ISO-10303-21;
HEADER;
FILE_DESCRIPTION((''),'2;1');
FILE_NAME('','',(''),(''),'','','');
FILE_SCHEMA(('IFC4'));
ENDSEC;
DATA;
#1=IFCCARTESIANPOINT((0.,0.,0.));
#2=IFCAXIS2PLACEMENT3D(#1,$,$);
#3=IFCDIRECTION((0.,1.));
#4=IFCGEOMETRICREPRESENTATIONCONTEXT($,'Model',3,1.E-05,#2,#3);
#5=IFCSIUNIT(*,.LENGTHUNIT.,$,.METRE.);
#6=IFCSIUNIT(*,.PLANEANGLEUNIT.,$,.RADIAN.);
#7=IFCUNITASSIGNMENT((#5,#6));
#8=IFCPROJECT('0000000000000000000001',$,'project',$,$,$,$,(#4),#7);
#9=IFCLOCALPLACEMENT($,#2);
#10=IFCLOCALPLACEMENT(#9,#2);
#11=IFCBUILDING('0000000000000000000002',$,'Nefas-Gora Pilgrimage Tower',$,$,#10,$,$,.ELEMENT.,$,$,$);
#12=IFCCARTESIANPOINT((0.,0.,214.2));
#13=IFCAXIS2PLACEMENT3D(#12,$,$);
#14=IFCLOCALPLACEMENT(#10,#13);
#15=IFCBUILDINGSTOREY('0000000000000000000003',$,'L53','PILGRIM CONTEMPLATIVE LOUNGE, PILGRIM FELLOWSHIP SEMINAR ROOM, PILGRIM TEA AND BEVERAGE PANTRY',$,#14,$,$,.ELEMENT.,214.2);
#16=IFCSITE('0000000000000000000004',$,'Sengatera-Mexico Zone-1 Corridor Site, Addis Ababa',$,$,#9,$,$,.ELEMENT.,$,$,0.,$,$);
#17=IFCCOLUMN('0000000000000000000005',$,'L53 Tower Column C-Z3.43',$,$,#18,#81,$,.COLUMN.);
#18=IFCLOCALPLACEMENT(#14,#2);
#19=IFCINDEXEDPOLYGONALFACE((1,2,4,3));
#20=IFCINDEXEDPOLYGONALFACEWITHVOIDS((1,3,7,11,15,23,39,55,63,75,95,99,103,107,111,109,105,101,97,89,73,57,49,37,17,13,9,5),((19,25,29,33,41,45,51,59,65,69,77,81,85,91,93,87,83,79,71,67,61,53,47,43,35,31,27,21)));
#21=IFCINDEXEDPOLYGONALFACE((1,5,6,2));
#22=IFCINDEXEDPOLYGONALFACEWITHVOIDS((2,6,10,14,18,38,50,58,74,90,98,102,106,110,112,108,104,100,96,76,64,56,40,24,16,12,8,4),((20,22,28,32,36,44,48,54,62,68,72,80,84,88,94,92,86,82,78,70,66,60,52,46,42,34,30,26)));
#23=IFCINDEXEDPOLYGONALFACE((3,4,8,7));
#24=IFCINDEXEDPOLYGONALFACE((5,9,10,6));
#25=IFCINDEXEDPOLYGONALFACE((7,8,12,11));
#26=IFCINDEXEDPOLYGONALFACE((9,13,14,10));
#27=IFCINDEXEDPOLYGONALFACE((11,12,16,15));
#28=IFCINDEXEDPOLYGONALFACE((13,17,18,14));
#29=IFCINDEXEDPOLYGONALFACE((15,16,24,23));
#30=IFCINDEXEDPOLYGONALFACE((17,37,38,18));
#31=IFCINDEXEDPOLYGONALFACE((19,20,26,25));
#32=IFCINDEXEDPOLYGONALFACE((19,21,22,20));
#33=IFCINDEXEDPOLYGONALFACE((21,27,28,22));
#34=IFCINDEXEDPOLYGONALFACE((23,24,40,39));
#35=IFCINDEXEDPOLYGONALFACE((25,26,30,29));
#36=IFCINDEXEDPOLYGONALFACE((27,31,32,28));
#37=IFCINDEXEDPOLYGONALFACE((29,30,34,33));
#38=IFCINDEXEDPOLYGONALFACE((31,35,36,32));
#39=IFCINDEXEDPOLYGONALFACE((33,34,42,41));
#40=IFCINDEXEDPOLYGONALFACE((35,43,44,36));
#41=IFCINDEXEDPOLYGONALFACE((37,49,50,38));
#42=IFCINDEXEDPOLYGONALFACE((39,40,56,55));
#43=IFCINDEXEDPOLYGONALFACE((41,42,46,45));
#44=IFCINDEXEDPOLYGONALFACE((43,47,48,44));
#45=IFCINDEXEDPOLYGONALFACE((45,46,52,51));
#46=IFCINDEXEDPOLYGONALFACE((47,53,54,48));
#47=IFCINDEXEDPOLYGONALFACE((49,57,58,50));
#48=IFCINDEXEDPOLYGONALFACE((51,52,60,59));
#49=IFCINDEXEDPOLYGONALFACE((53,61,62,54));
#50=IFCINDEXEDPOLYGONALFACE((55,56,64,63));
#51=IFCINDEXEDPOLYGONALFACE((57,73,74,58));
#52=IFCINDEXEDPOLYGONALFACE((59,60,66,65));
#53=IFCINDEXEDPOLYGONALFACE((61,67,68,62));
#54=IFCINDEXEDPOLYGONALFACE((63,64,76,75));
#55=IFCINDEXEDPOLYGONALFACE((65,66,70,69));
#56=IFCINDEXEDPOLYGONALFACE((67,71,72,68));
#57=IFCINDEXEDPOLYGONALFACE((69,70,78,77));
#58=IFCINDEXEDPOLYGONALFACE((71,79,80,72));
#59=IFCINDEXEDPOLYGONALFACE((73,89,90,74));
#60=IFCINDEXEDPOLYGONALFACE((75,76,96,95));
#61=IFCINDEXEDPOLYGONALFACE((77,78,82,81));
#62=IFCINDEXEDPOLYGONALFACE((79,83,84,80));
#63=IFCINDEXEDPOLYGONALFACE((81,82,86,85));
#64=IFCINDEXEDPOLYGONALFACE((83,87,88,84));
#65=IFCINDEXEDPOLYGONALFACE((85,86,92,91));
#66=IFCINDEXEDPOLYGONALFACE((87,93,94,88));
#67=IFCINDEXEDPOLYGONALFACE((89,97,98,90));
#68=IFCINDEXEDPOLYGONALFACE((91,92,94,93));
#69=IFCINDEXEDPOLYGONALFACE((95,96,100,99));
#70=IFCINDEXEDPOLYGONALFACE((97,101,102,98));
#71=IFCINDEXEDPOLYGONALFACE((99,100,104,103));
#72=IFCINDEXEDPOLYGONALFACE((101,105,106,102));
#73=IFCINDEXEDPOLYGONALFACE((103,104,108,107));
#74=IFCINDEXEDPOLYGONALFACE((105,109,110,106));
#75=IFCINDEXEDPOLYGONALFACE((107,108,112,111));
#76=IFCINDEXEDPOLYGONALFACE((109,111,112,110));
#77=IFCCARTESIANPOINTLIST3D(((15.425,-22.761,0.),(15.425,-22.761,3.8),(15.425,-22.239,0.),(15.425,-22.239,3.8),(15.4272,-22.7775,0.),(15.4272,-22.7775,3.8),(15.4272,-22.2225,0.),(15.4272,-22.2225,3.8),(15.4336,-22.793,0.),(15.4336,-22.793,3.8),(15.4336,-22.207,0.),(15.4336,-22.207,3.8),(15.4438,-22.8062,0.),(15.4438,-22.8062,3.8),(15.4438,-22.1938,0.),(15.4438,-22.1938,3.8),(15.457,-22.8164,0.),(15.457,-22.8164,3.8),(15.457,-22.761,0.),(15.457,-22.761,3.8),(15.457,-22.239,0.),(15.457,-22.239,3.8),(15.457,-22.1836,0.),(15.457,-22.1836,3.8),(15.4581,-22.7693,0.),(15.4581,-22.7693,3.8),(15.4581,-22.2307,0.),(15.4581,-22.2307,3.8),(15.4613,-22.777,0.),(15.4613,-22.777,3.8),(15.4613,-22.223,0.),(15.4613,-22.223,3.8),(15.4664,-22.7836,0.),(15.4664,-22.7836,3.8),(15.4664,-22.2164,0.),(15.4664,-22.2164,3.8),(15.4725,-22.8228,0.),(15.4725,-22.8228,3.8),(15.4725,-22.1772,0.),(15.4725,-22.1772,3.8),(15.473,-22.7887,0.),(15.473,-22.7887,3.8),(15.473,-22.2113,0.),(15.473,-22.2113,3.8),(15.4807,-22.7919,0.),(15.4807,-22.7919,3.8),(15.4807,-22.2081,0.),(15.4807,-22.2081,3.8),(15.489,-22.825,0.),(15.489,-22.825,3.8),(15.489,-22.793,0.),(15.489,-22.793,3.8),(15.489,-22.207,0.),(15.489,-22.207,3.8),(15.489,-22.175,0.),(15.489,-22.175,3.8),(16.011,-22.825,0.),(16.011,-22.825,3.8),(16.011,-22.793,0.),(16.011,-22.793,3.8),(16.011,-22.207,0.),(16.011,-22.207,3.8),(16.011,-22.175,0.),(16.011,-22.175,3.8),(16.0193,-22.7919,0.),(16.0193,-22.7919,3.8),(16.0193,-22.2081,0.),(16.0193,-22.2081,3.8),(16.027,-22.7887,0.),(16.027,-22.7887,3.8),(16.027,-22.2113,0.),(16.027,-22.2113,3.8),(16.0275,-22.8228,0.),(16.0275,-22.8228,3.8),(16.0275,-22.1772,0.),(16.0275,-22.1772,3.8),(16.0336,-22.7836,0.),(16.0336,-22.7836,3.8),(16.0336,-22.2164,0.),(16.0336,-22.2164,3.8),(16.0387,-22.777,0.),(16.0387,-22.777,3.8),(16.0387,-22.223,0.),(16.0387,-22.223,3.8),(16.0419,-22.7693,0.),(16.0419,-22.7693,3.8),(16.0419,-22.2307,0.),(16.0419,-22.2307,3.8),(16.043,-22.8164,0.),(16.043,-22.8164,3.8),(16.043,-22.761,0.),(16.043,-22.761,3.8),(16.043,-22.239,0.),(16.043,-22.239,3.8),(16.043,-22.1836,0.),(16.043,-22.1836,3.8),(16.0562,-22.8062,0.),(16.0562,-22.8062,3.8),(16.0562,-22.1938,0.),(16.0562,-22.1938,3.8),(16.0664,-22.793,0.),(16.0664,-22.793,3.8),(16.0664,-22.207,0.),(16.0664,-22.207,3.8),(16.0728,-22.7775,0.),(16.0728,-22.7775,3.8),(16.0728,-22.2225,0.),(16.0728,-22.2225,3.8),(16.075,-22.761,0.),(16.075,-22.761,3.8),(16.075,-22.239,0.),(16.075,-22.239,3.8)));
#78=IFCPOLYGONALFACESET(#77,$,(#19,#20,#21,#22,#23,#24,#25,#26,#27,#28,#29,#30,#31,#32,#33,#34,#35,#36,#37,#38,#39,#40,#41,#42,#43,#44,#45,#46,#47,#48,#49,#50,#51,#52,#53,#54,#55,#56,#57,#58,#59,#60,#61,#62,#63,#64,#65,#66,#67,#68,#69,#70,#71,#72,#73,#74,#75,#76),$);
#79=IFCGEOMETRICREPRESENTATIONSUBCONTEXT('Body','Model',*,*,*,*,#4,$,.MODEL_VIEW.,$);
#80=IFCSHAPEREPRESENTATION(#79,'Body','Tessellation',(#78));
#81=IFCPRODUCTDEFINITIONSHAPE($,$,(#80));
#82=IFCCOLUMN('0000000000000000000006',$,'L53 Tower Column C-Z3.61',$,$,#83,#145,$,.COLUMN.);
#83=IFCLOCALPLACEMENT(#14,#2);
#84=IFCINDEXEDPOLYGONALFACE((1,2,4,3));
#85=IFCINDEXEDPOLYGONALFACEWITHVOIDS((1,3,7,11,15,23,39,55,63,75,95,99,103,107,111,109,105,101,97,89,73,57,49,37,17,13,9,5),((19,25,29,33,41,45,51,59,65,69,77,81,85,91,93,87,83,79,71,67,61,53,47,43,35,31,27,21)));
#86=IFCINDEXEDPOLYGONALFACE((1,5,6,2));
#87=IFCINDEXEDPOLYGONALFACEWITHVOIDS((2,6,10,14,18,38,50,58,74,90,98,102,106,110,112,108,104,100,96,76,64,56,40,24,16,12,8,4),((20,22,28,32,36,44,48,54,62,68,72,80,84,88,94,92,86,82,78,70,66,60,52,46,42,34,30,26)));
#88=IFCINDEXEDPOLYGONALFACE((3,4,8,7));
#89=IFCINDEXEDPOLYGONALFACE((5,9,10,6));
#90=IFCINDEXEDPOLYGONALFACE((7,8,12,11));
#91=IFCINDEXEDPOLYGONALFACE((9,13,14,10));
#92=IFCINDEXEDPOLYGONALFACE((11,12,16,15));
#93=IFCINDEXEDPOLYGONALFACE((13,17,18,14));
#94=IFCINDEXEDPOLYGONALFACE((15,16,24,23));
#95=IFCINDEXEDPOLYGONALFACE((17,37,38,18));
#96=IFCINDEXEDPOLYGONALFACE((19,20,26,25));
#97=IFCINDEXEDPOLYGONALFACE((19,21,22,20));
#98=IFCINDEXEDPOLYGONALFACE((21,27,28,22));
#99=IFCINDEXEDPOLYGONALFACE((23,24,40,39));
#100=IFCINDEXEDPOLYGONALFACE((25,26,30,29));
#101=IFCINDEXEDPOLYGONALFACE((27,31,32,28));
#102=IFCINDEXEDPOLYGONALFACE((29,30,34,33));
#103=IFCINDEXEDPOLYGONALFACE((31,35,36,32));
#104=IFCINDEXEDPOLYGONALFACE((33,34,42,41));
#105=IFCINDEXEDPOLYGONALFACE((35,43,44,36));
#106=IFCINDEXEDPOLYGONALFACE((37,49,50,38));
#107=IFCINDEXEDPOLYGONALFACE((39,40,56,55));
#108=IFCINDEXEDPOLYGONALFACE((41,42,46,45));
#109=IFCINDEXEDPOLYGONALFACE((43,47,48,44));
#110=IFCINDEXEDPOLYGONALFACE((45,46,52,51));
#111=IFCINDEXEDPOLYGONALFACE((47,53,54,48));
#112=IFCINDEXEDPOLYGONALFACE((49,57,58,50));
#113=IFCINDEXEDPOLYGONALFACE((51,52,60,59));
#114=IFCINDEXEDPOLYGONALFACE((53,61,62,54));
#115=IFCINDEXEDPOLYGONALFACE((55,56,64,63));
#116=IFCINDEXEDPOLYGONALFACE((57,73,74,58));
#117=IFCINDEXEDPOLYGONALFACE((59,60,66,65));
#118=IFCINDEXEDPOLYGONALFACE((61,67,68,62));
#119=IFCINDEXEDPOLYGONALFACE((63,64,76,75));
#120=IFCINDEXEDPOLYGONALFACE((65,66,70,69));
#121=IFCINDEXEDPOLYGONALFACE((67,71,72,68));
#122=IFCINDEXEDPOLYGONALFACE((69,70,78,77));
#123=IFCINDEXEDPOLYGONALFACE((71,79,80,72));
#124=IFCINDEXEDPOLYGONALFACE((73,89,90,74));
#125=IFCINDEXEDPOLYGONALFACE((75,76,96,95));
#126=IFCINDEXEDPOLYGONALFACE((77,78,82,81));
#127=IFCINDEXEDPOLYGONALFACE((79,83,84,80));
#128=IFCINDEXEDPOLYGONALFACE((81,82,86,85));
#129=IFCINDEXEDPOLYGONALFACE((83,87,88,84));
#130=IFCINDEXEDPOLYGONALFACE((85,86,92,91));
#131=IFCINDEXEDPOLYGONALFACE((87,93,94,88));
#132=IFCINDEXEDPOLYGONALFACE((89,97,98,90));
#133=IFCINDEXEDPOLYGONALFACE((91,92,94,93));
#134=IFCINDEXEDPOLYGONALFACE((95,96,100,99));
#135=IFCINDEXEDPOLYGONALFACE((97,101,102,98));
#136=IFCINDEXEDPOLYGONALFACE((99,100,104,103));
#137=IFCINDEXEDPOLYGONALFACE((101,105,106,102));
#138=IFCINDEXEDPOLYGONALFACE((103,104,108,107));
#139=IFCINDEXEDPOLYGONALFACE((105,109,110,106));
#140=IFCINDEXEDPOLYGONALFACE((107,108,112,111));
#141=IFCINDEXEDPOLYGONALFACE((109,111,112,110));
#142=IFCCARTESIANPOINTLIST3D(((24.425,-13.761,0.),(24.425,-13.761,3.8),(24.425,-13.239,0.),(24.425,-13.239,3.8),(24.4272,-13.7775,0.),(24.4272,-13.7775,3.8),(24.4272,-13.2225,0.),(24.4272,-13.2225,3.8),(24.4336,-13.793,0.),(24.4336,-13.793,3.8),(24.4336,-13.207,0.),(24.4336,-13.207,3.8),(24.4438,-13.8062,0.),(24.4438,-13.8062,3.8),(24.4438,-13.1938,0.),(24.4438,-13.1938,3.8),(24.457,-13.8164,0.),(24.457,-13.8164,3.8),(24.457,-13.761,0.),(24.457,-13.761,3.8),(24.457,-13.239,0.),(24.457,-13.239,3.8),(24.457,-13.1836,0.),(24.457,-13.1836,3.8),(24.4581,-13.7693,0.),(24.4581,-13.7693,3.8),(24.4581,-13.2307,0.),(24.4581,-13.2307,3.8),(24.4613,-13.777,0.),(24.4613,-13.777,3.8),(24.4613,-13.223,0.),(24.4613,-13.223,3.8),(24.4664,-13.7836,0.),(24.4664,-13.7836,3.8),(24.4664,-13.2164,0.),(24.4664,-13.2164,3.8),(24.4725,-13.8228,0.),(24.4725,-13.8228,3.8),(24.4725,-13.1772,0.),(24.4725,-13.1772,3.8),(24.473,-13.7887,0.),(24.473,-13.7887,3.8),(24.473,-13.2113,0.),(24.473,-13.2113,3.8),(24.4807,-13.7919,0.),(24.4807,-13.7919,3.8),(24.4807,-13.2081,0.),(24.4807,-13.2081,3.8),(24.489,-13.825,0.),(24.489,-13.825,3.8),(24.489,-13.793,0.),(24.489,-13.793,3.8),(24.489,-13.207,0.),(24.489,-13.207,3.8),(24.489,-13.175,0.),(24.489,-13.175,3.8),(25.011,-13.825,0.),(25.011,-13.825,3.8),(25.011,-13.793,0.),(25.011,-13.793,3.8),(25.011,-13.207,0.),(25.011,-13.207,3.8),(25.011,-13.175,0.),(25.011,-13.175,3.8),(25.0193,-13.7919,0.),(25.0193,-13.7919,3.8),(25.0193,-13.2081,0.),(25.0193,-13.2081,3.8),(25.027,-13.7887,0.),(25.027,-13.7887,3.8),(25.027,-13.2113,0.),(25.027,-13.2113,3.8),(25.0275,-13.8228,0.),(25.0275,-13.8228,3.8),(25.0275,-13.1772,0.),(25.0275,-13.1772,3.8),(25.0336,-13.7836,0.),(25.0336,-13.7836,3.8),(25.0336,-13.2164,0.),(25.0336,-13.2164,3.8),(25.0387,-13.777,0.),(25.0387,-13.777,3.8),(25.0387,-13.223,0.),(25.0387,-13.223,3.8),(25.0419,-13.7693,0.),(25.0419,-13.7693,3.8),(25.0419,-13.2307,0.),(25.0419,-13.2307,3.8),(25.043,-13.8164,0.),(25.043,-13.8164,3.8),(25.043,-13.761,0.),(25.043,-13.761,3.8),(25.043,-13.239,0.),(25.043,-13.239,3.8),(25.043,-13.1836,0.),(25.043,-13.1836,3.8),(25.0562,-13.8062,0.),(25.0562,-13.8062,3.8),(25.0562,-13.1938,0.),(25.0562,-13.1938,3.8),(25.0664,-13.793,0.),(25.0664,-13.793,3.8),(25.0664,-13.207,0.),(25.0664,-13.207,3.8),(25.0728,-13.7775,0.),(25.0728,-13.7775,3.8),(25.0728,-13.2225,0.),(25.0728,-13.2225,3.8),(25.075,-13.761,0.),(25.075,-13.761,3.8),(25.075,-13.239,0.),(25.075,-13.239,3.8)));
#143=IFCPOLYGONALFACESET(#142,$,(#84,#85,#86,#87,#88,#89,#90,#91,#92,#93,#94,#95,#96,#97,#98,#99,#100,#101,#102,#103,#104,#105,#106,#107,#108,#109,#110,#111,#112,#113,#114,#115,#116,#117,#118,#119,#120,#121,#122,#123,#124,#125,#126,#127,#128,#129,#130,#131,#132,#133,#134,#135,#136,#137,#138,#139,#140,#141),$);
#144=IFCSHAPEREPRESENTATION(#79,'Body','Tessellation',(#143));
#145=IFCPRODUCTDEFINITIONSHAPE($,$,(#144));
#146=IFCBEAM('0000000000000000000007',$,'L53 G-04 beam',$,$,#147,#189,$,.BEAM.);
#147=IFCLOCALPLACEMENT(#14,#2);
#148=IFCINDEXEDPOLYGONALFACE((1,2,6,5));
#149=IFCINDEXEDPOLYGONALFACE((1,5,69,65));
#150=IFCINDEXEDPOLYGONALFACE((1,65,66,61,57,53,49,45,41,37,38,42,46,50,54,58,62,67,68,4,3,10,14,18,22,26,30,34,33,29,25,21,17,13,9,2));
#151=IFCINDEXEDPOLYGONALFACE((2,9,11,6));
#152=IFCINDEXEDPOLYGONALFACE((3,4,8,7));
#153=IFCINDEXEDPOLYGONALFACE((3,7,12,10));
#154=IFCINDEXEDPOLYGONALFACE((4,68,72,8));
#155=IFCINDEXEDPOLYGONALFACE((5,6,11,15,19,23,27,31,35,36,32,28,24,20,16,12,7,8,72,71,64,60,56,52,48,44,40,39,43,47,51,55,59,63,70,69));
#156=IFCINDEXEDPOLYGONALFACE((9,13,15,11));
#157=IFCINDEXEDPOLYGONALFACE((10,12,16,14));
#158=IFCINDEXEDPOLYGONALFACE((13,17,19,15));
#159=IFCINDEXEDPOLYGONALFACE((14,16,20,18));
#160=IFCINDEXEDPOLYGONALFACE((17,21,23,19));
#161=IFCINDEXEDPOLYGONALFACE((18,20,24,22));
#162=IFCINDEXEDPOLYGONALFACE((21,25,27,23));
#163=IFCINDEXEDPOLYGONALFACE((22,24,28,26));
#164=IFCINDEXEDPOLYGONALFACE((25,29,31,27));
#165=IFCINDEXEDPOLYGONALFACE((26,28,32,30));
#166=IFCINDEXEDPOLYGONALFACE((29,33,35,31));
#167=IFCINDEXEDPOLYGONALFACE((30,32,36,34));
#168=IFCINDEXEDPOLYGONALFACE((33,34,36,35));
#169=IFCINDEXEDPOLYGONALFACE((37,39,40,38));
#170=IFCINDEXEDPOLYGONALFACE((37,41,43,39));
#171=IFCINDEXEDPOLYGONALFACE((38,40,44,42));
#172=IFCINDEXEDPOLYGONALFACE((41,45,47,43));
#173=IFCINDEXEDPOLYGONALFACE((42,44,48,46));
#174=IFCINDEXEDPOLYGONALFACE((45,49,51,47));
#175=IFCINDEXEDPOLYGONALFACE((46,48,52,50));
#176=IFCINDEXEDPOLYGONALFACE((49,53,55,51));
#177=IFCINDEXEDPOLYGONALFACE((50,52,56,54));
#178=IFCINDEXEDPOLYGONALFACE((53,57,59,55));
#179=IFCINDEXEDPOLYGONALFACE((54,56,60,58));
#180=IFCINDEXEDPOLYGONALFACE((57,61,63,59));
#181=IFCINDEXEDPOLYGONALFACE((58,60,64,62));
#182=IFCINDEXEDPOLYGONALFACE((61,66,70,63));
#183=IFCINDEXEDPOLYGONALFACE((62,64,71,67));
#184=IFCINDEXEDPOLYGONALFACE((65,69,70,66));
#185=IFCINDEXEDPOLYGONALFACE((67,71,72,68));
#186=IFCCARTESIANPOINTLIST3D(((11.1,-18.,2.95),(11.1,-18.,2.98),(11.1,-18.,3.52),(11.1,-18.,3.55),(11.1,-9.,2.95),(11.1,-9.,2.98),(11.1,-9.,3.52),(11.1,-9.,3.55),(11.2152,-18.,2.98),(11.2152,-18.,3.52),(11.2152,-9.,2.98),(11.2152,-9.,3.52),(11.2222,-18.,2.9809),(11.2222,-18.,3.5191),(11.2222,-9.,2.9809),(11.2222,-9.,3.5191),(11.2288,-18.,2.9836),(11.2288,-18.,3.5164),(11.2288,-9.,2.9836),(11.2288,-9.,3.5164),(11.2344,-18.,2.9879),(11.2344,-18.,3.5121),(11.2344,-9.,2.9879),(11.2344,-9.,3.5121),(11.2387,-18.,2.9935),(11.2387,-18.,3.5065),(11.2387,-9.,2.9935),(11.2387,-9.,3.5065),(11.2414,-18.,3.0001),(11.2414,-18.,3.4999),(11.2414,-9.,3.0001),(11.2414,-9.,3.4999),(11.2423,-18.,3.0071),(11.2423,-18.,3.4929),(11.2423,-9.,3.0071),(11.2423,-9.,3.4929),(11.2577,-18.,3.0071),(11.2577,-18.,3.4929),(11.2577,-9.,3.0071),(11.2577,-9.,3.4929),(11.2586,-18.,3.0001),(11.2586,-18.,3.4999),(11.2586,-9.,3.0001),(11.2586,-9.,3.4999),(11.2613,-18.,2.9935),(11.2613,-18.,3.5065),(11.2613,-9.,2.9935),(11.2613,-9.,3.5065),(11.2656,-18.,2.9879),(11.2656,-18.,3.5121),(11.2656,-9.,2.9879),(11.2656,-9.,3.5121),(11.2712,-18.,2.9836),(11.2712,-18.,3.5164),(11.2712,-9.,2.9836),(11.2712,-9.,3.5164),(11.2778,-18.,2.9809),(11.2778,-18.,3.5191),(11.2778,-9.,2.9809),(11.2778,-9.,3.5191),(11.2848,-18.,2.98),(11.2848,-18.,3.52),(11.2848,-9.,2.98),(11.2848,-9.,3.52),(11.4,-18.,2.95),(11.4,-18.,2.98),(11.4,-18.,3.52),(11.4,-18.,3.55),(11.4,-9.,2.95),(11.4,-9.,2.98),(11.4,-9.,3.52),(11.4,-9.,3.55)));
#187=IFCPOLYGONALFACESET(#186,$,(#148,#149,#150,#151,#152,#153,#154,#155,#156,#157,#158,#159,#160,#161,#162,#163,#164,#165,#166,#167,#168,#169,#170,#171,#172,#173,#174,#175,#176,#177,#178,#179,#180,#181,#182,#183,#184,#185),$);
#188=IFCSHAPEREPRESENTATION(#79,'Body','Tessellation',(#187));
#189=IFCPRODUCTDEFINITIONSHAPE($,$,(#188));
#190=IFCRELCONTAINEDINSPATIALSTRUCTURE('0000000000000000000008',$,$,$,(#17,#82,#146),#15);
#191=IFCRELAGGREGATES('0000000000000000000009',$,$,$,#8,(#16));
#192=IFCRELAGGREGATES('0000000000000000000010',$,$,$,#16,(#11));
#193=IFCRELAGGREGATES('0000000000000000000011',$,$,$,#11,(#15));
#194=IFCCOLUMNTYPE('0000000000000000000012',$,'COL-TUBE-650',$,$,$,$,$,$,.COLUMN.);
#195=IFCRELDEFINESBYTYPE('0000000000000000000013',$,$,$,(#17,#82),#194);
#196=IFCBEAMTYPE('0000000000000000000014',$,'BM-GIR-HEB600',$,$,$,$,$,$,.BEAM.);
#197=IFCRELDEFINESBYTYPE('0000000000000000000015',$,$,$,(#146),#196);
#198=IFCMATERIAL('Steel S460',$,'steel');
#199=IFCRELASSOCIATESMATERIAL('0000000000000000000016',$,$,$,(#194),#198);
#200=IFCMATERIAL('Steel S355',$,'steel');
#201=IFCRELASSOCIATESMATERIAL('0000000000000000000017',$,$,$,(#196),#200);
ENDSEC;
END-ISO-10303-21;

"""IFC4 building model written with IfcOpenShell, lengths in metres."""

from ifc_helpers import new_model, si_unit, direction, frame, origin, origin_2d, place, context, subcontext, project, spatial, hollow_rectangle, i_section, extrude, source, transform, mapped, material, material_profile, profile_set, type_object, element, save


model = new_model("IFC4")

# Units and contexts
model_context = context("Model", 3, precision=1e-05, world=origin(), true_north=direction((0.0, 1.0)))
body_context = subcontext(model_context, "Body", "Model", "MODEL_VIEW")
ifc_project = project(units=[si_unit("LENGTHUNIT", "METRE"), si_unit("PLANEANGLEUNIT", "RADIAN")], contexts=[model_context])

# Site, building, storey
site_placement = place(None, origin())
site = spatial("IfcSite", under=ifc_project, at=site_placement, Name="Sengatera-Mexico Zone-1 Corridor Site, Addis Ababa", CompositionType="ELEMENT", RefElevation=0.0)
building_placement = place(site_placement, origin())
building = spatial("IfcBuilding", under=site, at=building_placement, Name="Nefas-Gora Pilgrimage Tower", CompositionType="ELEMENT")
storey_placement = place(building_placement, frame((0.0, 0.0, 214.2)))
storey = spatial("IfcBuildingStorey", under=building, at=storey_placement, Name="L53", Description="PILGRIM CONTEMPLATIVE LOUNGE, PILGRIM FELLOWSHIP SEMINAR ROOM, PILGRIM TEA AND BEVERAGE PANTRY", CompositionType="ELEMENT", Elevation=214.2)

# Columns
ifc_material_1 = material(Name="Steel S460", Category="steel")
ifc_material_profile_1 = material_profile(ifc_material_1, hollow_rectangle(XDim=0.6499, YDim=0.6499, WallThickness=0.032, InnerFilletRadius=0.032, OuterFilletRadius=0.064, at=origin_2d()), Name="BOX 650x650x32")
ifc_profile_set_1 = profile_set([ifc_material_profile_1], Name="Steel S460")
column_type_1 = type_object("IfcColumnType", Name="COL-TUBE-650", PredefinedType="COLUMN", material=ifc_profile_set_1)
shared_shape_1 = source(origin(), body_context, "Body", "SweptSolid", [
    extrude(hollow_rectangle(XDim=0.6499, YDim=0.6499, WallThickness=0.032, InnerFilletRadius=0.032, OuterFilletRadius=0.064, at=origin_2d()), origin(), (0.0, 0.0, 1.0), 3.8),
])
for number, where, z_axis, x_axis, name in (
    (1, (15.75, -22.5, 0.0), (0.0, 0.0, 1.0), (1.0, 0.0, 0.0), "L53 Tower Column C-Z3.43"),
    (2, (24.75, -13.5, 0.0), (0.0, 0.0, 1.0), (1.0, 0.0, 0.0), "L53 Tower Column C-Z3.61"),
):
    element("IfcColumn", number, at=place(storey_placement, frame(where, z_axis=z_axis, x_axis=x_axis)), inside=storey, type_object=column_type_1, Name=name, PredefinedType="COLUMN", context=body_context, shape_type="MappedRepresentation", body=[
        mapped(shared_shape_1, transform((0.0, 0.0, 0.0), x_axis=(1.0, 0.0, 0.0), y_axis=(0.0, 1.0, 0.0), z_axis=(0.0, 0.0, 1.0), scale=1.0)),
    ])

# Beam
ifc_material_2 = material(Name="Steel S355", Category="steel")
ifc_material_profile_2 = material_profile(ifc_material_2, i_section(OverallWidth=0.3, OverallDepth=0.6001, WebThickness=0.0154, FlangeThickness=0.03, FilletRadius=0.0271, at=origin_2d()), Name="HEB 600")
ifc_profile_set_2 = profile_set([ifc_material_profile_2], Name="Steel S355")
beam_type_1 = type_object("IfcBeamType", Name="BM-GIR-HEB600", PredefinedType="BEAM", material=ifc_profile_set_2)
shared_shape_2 = source(origin(), body_context, "Body", "SweptSolid", [
    extrude(i_section(OverallWidth=0.3, OverallDepth=0.6001, WebThickness=0.0154, FlangeThickness=0.03, FilletRadius=0.0271, at=origin_2d()), origin(), (0.0, 0.0, 1.0), 9.0),
])
for number, where, z_axis, x_axis, name in (
    (3, (11.25, -18.0, 3.25), (0.0, 1.0, 0.0), (-1.0, 0.0, 0.0), "L53 G-04 beam"),
):
    element("IfcBeam", number, at=place(storey_placement, frame(where, z_axis=z_axis, x_axis=x_axis)), inside=storey, type_object=beam_type_1, Name=name, PredefinedType="BEAM", context=body_context, shape_type="MappedRepresentation", body=[
        mapped(shared_shape_2, transform((0.0, 0.0, 0.0), x_axis=(1.0, 0.0, 0.0), y_axis=(0.0, 1.0, 0.0), z_axis=(0.0, 0.0, 1.0), scale=1.0)),
    ])

save(model, "model.ifc")
